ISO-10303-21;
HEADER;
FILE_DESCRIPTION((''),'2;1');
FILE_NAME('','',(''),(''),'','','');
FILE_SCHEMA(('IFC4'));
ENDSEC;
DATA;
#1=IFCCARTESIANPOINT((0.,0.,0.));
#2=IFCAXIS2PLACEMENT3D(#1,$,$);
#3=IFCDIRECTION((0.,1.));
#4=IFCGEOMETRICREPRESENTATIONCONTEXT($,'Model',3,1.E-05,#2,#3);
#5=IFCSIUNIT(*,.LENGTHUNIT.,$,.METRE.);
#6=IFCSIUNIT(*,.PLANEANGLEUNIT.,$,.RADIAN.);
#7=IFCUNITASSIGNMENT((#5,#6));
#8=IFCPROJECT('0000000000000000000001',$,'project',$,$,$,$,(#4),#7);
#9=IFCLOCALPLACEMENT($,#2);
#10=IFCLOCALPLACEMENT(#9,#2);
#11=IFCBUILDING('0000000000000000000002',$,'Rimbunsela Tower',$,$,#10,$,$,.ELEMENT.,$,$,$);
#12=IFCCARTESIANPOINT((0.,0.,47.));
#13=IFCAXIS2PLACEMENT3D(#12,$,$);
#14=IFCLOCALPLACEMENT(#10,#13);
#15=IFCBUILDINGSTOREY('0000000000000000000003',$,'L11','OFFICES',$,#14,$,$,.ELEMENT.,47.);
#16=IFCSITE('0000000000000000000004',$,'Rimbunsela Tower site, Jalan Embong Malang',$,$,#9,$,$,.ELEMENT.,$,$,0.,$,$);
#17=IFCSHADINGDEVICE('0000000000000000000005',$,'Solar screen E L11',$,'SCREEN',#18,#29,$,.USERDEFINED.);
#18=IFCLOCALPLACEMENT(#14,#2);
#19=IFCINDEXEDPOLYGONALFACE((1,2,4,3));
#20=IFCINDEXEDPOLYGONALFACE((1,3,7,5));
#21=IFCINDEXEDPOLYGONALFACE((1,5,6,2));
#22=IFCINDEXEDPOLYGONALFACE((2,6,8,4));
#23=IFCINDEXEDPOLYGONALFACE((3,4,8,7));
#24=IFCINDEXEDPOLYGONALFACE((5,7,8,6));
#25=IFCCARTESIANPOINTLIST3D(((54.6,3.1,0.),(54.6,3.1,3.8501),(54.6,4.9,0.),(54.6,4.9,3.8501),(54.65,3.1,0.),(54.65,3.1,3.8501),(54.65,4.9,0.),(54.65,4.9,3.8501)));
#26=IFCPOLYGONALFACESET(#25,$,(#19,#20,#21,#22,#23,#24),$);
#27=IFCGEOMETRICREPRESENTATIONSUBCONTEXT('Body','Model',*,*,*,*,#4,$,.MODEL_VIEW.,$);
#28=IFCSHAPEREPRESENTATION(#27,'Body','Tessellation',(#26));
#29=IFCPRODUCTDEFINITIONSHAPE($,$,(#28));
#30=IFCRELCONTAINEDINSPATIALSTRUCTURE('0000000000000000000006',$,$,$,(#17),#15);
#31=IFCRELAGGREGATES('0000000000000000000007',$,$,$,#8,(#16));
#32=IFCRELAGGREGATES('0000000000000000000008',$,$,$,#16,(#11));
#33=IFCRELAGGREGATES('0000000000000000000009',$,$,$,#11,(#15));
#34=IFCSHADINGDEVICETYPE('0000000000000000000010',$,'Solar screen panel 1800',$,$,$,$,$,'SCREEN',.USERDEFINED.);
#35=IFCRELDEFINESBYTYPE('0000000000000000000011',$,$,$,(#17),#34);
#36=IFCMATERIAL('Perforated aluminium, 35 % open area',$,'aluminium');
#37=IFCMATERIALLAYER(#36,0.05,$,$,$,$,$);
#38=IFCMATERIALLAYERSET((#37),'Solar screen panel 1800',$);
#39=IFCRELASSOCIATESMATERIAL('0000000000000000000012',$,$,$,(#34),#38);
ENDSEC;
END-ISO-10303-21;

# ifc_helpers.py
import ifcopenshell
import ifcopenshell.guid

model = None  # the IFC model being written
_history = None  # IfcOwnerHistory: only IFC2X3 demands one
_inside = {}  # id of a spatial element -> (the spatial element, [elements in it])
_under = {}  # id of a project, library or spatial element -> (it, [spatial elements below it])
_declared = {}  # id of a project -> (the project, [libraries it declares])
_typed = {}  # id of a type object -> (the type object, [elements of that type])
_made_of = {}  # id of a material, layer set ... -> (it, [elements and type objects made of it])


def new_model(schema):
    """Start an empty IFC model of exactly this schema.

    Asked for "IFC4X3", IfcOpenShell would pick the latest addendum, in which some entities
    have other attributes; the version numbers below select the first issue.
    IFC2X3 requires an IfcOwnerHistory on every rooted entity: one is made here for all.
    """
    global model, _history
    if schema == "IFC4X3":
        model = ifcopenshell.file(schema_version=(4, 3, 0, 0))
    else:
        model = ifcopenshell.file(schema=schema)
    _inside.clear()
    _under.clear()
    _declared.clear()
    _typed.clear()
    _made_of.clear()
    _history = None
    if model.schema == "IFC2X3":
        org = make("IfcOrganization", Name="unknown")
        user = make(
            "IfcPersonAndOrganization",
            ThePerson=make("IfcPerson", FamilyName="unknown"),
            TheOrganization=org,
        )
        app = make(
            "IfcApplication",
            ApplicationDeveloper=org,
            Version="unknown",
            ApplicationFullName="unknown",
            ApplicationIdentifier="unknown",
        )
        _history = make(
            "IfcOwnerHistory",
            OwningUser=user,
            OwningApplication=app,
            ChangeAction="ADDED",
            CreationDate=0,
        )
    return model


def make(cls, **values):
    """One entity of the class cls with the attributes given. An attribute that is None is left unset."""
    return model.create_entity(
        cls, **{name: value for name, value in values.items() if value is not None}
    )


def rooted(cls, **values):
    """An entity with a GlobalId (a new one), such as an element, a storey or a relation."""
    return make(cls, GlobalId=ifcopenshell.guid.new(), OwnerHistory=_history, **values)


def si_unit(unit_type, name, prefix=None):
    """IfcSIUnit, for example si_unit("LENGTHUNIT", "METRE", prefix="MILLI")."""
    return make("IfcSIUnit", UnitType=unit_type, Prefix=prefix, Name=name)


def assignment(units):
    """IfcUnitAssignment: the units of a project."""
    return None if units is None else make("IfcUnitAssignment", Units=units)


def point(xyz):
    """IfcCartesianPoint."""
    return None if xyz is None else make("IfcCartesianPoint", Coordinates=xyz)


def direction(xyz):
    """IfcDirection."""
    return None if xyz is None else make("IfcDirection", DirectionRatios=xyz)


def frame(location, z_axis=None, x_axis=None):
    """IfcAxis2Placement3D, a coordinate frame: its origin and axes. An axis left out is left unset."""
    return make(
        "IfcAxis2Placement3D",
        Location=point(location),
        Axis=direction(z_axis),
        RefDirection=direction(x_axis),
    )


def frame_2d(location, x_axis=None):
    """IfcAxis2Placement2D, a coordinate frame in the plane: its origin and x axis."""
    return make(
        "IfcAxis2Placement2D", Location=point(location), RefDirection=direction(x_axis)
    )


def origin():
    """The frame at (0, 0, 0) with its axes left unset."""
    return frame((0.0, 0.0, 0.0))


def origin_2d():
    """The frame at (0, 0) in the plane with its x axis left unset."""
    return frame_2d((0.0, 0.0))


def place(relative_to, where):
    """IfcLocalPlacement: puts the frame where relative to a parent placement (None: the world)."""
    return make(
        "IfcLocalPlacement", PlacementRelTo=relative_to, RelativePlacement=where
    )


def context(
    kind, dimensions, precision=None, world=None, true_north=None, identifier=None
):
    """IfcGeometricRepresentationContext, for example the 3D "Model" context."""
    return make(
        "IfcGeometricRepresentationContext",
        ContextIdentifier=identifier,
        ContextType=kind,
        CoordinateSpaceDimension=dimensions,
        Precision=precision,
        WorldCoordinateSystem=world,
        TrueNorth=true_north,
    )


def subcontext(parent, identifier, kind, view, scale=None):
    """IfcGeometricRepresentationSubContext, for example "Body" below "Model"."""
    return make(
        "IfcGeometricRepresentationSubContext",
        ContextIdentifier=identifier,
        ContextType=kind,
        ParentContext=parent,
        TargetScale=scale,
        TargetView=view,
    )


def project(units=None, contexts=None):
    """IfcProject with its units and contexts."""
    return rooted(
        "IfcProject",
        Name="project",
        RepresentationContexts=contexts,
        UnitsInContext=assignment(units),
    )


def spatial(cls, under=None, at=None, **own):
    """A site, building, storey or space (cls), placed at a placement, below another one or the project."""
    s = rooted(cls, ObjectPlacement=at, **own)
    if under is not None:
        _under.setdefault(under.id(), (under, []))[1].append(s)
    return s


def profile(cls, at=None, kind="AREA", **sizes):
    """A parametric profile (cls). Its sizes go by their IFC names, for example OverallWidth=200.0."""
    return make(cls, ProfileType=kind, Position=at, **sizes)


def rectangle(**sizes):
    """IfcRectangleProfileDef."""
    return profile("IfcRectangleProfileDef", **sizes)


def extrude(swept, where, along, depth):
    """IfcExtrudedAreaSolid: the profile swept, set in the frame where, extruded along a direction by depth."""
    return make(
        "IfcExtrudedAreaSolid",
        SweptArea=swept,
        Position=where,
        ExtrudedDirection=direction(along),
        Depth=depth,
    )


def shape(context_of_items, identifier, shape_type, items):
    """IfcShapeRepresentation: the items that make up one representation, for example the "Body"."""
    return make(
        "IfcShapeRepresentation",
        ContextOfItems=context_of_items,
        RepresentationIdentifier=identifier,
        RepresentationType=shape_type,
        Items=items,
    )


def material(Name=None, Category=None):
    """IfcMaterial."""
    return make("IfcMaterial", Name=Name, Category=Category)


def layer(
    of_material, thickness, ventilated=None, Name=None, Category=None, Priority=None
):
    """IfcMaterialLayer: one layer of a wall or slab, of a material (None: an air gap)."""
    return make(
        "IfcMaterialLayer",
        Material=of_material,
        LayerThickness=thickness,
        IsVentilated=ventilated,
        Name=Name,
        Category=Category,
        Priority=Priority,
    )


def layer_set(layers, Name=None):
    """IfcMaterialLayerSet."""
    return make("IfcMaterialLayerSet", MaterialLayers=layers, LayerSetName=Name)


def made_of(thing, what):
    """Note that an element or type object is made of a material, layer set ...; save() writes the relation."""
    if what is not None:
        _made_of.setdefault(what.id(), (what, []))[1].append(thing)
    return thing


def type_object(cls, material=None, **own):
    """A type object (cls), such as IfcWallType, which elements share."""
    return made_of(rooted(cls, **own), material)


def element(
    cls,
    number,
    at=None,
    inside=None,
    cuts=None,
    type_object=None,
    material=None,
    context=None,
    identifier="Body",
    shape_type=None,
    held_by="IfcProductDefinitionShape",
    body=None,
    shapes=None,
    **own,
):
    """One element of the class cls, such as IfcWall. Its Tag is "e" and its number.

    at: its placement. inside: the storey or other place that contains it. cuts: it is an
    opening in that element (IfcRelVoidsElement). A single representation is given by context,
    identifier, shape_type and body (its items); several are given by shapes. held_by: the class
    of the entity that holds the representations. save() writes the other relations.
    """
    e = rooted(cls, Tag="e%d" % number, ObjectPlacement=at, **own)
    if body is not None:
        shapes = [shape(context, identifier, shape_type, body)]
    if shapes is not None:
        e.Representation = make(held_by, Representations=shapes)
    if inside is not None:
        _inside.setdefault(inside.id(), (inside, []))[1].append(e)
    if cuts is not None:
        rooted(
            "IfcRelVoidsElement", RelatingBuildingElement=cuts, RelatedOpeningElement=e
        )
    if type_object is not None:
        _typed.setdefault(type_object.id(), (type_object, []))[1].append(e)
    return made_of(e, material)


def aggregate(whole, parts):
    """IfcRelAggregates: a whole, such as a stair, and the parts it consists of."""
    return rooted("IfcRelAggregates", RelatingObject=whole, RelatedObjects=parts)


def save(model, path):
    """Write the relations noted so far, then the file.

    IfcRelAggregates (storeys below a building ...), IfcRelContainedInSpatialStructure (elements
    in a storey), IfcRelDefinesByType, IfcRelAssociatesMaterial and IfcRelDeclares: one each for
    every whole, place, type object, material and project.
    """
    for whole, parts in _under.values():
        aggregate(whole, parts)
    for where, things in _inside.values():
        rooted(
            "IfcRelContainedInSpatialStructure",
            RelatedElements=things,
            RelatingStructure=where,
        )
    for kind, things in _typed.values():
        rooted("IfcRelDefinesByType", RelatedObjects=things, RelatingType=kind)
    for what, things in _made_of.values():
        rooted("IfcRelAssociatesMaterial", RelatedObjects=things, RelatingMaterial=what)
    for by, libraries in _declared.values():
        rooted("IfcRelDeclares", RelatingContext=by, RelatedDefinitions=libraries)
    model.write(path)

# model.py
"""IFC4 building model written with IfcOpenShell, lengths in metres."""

from ifc_helpers import new_model, si_unit, direction, frame, origin, origin_2d, place, context, subcontext, project, spatial, rectangle, extrude, material, layer, layer_set, type_object, element, save


model = new_model("IFC4")

# Units and contexts
model_context = context("Model", 3, precision=1e-05, world=origin(), true_north=direction((0.0, 1.0)))
body_context = subcontext(model_context, "Body", "Model", "MODEL_VIEW")
ifc_project = project(units=[si_unit("LENGTHUNIT", "METRE"), si_unit("PLANEANGLEUNIT", "RADIAN")], contexts=[model_context])

# Site, building, storey
site_placement = place(None, origin())
site = spatial("IfcSite", under=ifc_project, at=site_placement, Name="Rimbunsela Tower site, Jalan Embong Malang", CompositionType="ELEMENT", RefElevation=0.0)
building_placement = place(site_placement, origin())
building = spatial("IfcBuilding", under=site, at=building_placement, Name="Rimbunsela Tower", CompositionType="ELEMENT")
storey_placement = place(building_placement, frame((0.0, 0.0, 47.0)))
storey = spatial("IfcBuildingStorey", under=building, at=storey_placement, Name="L11", Description="OFFICES", CompositionType="ELEMENT", Elevation=47.0)

# Shading device
ifc_material_1 = material(Name="Perforated aluminium, 35 % open area", Category="aluminium")
ifc_layer_1 = layer(ifc_material_1, 0.05)
ifc_layer_set_1 = layer_set([ifc_layer_1], Name="Solar screen panel 1800")
shading_device_type = type_object("IfcShadingDeviceType", Name="Solar screen panel 1800", ElementType="SCREEN", PredefinedType="USERDEFINED", material=ifc_layer_set_1)
for number, where, z_axis, x_axis, name in (
    (1, (54.625, 4.0, 0.0), (0.0, 0.0, 1.0), (0.0, 1.0, 0.0), "Solar screen E L11"),
):
    element("IfcShadingDevice", number, at=place(storey_placement, frame(where, z_axis=z_axis, x_axis=x_axis)), inside=storey, type_object=shading_device_type, Name=name, ObjectType="SCREEN", PredefinedType="USERDEFINED", context=body_context, shape_type="SweptSolid", body=[
        extrude(rectangle(XDim=1.8, YDim=0.05, at=origin_2d()), origin(), (0.0, 0.0, 1.0), 3.8501),
    ])

save(model, "model.ifc")
